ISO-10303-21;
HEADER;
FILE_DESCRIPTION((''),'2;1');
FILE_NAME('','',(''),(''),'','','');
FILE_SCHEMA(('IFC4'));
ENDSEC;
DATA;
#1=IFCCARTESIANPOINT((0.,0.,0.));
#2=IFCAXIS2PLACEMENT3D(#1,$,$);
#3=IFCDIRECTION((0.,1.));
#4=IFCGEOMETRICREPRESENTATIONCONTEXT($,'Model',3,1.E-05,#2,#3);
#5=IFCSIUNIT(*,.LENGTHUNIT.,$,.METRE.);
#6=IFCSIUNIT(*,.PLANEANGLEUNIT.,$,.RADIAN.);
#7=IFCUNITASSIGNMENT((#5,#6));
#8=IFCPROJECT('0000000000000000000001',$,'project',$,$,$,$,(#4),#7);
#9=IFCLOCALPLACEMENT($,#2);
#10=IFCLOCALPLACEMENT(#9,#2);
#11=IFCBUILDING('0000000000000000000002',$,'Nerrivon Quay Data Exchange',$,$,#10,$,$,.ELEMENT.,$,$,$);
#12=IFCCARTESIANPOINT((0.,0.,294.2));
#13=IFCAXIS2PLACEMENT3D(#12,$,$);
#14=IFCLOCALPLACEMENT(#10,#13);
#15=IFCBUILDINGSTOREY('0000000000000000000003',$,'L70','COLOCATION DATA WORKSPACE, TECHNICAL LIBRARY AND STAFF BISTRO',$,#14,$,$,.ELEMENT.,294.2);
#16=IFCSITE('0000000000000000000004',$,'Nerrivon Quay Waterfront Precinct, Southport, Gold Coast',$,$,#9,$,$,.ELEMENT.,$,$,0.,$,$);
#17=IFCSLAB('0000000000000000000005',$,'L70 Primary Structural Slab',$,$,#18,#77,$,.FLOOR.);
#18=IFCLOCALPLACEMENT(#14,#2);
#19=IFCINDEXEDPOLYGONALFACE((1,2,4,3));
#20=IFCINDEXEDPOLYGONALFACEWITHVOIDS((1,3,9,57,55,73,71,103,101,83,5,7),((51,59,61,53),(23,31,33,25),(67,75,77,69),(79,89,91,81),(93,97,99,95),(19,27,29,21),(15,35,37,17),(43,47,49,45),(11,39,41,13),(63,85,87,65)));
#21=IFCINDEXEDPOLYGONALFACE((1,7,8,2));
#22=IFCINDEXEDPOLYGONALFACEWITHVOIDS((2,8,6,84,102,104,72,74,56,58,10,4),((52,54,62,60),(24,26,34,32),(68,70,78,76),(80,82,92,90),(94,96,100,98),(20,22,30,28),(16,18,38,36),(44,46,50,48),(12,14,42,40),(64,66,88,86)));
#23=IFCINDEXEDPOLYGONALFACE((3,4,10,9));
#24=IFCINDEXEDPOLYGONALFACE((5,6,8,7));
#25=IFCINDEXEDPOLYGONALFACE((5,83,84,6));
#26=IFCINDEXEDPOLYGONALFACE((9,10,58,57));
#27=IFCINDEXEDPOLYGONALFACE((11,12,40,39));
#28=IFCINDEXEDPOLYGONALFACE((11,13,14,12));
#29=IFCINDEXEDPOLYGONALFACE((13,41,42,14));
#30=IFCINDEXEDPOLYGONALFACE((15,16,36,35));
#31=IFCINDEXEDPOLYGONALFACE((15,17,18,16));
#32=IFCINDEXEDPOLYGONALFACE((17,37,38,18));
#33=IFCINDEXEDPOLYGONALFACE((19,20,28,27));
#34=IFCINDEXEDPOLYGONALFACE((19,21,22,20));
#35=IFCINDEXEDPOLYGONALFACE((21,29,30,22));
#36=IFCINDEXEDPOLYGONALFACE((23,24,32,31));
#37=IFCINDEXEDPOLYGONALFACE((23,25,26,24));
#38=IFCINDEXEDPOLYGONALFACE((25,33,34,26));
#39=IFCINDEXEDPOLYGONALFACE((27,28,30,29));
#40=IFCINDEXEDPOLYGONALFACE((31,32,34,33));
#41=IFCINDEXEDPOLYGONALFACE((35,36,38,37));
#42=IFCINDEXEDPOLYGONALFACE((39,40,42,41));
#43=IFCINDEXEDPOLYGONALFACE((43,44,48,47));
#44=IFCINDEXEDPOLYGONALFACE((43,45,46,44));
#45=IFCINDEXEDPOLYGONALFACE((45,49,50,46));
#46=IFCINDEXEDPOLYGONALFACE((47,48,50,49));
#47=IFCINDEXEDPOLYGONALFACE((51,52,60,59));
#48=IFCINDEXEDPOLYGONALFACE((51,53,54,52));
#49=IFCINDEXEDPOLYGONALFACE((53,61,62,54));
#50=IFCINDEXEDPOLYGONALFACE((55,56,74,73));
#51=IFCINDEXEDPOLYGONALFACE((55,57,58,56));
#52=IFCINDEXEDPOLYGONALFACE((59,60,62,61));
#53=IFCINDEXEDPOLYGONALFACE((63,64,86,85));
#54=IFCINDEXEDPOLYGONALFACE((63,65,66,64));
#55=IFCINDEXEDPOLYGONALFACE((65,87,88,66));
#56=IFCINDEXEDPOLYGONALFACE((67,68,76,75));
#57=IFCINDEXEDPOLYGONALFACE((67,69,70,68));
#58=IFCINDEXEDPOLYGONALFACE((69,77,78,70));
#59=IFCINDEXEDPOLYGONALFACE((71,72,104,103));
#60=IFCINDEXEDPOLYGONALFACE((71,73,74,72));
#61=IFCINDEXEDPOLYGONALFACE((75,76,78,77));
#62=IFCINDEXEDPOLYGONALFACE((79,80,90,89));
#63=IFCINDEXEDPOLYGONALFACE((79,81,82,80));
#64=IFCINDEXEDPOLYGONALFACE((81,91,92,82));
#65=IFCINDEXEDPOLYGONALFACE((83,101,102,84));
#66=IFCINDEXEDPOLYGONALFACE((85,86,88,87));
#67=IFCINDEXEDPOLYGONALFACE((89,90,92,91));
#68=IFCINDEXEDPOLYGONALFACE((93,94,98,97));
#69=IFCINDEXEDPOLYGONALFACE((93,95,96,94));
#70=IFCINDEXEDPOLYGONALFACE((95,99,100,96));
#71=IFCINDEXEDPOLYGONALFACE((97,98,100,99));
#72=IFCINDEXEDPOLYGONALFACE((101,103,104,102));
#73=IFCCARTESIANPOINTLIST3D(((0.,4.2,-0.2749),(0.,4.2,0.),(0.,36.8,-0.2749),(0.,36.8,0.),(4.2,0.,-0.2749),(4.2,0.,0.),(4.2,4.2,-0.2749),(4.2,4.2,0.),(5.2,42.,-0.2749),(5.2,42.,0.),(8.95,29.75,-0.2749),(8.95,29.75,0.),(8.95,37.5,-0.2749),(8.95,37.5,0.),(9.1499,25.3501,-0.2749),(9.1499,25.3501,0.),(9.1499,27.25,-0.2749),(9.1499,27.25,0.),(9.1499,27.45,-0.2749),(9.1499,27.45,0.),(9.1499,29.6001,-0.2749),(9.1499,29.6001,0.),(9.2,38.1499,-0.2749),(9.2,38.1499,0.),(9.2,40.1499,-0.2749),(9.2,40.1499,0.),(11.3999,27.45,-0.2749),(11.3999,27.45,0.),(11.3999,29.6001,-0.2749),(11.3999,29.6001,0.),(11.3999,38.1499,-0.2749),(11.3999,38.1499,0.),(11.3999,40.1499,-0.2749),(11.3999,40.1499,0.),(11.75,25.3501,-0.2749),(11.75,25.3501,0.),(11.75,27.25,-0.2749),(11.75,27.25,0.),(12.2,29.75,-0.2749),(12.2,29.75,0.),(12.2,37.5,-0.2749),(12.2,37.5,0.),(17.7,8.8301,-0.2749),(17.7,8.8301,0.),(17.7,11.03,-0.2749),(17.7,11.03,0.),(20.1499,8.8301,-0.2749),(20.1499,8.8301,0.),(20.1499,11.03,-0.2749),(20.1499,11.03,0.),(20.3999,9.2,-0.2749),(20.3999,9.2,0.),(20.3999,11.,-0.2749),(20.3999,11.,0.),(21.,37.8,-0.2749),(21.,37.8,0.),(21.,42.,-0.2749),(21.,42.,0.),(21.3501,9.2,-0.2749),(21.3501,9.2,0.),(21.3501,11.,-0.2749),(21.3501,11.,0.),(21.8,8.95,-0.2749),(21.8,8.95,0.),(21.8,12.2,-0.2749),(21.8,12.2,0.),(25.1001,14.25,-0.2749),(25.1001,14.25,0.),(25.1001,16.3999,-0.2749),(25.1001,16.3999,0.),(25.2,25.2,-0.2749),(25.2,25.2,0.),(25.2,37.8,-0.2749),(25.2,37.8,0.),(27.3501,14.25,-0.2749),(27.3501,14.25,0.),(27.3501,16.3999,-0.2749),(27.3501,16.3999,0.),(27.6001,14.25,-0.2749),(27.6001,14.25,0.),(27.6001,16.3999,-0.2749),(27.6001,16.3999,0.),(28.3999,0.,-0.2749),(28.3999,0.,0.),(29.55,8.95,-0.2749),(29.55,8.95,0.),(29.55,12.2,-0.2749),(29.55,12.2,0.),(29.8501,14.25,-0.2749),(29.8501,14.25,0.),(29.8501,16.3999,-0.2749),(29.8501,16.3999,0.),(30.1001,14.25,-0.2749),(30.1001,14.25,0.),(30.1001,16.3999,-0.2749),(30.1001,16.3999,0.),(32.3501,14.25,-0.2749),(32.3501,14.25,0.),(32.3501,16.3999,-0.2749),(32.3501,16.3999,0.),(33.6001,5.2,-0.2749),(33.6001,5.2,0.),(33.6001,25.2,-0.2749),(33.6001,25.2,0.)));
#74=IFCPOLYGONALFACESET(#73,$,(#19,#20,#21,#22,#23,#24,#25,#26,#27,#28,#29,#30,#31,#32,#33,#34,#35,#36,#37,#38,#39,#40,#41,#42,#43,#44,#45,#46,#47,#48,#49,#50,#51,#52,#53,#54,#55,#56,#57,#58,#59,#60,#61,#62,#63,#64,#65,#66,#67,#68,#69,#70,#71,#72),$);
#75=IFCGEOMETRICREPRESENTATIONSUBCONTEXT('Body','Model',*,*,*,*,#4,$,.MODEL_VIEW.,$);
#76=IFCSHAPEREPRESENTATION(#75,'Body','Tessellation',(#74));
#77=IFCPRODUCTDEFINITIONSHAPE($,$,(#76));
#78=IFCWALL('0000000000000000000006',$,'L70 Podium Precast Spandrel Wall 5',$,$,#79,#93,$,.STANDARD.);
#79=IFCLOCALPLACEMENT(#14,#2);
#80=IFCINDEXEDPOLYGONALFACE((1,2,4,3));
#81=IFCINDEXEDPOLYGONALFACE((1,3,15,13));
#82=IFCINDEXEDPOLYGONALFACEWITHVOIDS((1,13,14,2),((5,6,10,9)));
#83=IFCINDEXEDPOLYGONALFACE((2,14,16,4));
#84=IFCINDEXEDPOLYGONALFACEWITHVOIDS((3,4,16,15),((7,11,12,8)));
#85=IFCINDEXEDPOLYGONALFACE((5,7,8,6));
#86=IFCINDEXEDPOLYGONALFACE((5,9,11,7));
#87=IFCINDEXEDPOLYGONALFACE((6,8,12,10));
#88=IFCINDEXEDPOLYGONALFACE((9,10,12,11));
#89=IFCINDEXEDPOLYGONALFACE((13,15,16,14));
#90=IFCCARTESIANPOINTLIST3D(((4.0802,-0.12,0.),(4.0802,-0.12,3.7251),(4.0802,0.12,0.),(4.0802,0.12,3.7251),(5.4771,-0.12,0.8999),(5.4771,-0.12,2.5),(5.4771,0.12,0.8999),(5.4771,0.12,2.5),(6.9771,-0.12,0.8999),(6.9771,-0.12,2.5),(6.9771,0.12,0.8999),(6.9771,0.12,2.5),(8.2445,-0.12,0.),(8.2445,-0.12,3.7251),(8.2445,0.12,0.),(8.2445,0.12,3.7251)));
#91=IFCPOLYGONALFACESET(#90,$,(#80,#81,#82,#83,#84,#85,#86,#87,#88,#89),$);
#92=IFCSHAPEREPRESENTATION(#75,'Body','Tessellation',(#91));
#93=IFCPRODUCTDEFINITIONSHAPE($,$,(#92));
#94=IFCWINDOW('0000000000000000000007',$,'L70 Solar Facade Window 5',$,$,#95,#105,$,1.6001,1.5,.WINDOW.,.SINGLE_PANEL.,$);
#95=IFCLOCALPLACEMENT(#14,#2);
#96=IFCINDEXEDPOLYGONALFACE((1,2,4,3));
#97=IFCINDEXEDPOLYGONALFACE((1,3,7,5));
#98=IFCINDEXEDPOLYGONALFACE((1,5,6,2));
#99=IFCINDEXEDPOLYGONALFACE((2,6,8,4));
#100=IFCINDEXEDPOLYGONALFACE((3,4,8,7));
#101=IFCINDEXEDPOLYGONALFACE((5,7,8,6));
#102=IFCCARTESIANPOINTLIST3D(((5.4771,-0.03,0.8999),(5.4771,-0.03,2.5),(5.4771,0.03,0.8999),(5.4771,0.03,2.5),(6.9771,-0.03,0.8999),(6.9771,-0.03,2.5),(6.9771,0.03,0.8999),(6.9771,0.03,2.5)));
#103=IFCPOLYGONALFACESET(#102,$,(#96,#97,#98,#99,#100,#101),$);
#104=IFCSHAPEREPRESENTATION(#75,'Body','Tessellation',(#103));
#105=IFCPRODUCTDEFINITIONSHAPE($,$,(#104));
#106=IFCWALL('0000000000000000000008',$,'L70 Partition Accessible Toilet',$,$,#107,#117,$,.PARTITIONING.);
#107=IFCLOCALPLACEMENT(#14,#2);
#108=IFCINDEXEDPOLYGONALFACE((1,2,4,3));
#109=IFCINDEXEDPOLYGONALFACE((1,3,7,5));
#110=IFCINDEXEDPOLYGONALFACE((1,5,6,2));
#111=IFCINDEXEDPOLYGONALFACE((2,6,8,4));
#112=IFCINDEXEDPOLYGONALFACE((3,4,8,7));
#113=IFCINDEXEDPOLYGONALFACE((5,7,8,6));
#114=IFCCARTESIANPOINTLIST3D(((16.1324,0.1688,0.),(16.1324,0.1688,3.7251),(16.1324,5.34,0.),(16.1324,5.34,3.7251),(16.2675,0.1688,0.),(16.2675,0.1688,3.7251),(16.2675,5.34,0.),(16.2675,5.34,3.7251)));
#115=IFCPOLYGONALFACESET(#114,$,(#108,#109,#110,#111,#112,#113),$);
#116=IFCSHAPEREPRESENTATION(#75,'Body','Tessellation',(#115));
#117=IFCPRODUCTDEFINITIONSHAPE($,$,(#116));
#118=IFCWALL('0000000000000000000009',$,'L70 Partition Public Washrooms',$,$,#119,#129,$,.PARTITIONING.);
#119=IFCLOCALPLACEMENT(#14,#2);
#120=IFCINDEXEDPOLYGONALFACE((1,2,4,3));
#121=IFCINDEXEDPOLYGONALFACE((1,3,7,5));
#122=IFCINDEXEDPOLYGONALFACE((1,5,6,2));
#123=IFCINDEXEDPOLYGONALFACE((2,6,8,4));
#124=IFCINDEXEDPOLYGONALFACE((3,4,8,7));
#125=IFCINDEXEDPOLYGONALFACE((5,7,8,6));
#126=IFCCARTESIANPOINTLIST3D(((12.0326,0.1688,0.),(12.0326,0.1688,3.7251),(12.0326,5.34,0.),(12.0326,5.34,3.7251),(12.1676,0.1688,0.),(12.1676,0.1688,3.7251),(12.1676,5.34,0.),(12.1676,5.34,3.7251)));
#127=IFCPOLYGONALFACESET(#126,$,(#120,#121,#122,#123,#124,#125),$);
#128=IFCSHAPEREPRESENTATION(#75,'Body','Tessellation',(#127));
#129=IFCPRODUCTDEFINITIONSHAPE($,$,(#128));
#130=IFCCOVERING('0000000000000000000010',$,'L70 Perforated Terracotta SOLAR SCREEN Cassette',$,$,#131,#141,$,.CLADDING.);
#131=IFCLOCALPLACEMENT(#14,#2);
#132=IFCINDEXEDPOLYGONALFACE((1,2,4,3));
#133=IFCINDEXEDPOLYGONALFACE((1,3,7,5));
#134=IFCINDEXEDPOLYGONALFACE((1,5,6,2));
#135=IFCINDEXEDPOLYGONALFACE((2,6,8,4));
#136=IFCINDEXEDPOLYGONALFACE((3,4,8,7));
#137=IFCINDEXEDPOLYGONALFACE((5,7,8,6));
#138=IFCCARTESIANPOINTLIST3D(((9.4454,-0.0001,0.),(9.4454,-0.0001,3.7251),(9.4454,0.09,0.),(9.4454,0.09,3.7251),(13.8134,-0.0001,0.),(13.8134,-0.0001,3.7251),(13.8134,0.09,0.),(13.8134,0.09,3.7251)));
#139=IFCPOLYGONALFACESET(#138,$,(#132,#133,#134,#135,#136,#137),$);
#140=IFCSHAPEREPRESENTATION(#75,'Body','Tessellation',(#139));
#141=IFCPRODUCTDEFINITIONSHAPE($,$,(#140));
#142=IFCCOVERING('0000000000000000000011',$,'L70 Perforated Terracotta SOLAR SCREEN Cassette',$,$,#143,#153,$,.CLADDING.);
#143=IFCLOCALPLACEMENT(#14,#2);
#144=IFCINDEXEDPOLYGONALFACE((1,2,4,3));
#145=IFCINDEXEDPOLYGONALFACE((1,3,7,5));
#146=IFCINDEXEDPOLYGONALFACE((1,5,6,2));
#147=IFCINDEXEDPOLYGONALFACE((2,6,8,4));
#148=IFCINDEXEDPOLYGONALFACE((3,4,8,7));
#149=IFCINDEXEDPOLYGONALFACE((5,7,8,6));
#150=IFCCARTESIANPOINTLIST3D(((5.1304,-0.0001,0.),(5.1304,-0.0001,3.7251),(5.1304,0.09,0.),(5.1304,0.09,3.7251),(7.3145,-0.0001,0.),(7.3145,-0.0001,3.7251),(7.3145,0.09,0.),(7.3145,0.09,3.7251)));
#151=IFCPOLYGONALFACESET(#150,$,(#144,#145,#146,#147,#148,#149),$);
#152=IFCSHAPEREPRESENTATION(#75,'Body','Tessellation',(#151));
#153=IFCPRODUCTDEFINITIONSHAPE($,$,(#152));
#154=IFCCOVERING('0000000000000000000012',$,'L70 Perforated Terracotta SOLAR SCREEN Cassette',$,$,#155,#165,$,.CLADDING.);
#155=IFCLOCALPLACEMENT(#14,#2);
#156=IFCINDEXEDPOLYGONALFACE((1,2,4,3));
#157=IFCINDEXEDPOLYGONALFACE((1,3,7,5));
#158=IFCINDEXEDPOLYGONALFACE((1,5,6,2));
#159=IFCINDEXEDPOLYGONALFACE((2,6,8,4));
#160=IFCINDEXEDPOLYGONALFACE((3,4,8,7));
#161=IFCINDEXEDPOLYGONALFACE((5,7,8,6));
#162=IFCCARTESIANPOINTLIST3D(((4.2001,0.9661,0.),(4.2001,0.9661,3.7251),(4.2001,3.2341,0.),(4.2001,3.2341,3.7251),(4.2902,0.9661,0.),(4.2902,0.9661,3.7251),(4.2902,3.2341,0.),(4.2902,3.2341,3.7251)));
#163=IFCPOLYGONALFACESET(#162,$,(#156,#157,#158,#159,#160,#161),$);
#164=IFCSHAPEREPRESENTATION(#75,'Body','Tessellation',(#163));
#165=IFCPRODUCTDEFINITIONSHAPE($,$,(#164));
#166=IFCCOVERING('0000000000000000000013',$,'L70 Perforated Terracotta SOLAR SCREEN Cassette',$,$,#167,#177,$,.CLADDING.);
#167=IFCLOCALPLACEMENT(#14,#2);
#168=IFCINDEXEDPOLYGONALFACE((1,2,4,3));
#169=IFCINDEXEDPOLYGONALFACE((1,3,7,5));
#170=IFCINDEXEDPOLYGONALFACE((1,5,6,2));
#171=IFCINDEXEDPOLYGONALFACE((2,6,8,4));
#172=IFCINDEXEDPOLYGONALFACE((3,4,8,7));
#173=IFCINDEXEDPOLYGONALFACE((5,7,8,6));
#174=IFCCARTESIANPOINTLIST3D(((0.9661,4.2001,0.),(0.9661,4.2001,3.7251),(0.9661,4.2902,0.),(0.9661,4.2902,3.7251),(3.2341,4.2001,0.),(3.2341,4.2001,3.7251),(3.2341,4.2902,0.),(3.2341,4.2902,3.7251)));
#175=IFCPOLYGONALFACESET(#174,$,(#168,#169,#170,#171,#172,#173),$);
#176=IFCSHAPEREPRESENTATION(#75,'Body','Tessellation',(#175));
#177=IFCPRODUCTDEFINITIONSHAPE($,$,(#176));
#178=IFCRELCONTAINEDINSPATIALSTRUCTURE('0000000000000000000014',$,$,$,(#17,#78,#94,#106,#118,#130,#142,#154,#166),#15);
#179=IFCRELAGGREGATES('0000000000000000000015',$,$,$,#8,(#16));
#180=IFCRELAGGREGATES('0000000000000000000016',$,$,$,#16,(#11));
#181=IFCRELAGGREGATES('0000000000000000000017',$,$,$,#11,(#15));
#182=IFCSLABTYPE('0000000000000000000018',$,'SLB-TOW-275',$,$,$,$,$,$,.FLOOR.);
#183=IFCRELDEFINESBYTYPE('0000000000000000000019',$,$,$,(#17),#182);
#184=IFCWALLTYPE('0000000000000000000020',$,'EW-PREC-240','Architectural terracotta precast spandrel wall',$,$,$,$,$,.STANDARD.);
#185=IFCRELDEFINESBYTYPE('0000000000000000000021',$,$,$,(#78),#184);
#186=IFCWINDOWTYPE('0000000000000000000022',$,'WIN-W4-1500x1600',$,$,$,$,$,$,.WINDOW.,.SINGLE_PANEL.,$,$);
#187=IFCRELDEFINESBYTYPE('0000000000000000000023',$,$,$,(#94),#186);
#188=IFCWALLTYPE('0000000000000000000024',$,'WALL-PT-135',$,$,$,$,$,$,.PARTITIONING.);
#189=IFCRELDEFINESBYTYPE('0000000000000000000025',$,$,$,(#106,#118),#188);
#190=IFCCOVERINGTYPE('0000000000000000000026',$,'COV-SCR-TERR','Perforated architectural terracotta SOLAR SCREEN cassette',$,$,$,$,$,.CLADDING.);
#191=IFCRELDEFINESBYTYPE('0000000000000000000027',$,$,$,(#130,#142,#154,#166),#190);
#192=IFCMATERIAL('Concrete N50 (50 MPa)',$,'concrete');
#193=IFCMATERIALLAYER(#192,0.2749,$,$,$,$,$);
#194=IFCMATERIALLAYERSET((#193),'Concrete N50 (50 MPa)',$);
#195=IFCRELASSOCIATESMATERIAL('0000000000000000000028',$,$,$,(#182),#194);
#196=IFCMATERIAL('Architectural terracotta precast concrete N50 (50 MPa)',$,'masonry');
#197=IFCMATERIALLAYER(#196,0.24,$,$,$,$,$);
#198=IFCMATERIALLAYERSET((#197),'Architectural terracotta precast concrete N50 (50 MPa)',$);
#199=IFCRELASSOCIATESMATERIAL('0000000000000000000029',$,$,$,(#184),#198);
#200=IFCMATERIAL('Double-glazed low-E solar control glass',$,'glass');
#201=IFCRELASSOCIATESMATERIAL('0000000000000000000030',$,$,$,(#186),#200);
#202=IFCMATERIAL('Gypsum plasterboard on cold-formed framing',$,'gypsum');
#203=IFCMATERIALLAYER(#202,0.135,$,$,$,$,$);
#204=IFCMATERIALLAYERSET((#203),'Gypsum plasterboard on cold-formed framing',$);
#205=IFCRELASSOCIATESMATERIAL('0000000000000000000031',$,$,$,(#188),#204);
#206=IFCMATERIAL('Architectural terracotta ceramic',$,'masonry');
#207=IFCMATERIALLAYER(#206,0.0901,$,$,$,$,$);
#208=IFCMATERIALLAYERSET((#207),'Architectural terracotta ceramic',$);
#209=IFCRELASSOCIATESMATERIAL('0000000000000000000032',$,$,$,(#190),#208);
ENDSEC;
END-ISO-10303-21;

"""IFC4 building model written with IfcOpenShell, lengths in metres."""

from ifc_helpers import new_model, si_unit, direction, frame, frame_2d, origin, origin_2d, place, context, subcontext, project, spatial, polyline, rectangle, outline, extrude, material, layer, layer_set, type_object, element, fill, save


model = new_model("IFC4")

# Units and contexts
model_context = context("Model", 3, precision=1e-05, world=origin(), true_north=direction((0.0, 1.0)))
body_context = subcontext(model_context, "Body", "Model", "MODEL_VIEW")
ifc_project = project(units=[si_unit("LENGTHUNIT", "METRE"), si_unit("PLANEANGLEUNIT", "RADIAN")], contexts=[model_context])

# Site, building, storey
site_placement = place(None, origin())
site = spatial("IfcSite", under=ifc_project, at=site_placement, Name="Nerrivon Quay Waterfront Precinct, Southport, Gold Coast", CompositionType="ELEMENT", RefElevation=0.0)
building_placement = place(site_placement, origin())
building = spatial("IfcBuilding", under=site, at=building_placement, Name="Nerrivon Quay Data Exchange", CompositionType="ELEMENT")
storey_placement = place(building_placement, frame((0.0, 0.0, 294.2)))
storey = spatial("IfcBuildingStorey", under=building, at=storey_placement, Name="L70", Description="COLOCATION DATA WORKSPACE, TECHNICAL LIBRARY AND STAFF BISTRO", CompositionType="ELEMENT", Elevation=294.2)

# Shared definitions
ifc_material_1 = material(Name="Double-glazed low-E solar control glass", Category="glass")

# Shared definitions
ifc_material_2 = material(Name="Concrete N50 (50 MPa)", Category="concrete")

# Slab
ifc_layer_1 = layer(ifc_material_2, 0.2749)
ifc_layer_set_1 = layer_set([ifc_layer_1], Name="Concrete N50 (50 MPa)")
slab_type_1 = type_object("IfcSlabType", Name="SLB-TOW-275", PredefinedType="FLOOR", material=ifc_layer_set_1)
slab_1_placement = place(storey_placement, frame((0.0, 0.0, -0.2749)))
element("IfcSlab", 1, at=slab_1_placement, inside=storey, type_object=slab_type_1, Name="L70 Primary Structural Slab", PredefinedType="FLOOR", context=body_context, shape_type="SweptSolid", body=[
    extrude(outline(polyline([(33.6001, 25.2), (25.2, 25.2), (25.2, 37.8), (21.0, 37.8), (21.0, 42.0), (5.2, 42.0), (0.0, 36.8), (0.0, 4.2), (4.2, 4.2), (4.2, 0.0), (28.3999, 0.0), (33.6001, 5.2), (33.6001, 25.2)]), holes=[polyline([(8.95, 29.75), (8.95, 37.5), (12.2, 37.5), (12.2, 29.75), (8.95, 29.75)]), polyline([(21.8, 12.2), (29.55, 12.2), (29.55, 8.95), (21.8, 8.95), (21.8, 12.2)]), polyline([(30.1001, 14.25), (30.1001, 16.3999), (32.3501, 16.3999), (32.3501, 14.25), (30.1001, 14.25)]), polyline([(27.6001, 14.25), (27.6001, 16.3999), (29.8501, 16.3999), (29.8501, 14.25), (27.6001, 14.25)]), polyline([(25.1001, 14.25), (25.1001, 16.3999), (27.3501, 16.3999), (27.3501, 14.25), (25.1001, 14.25)]), polyline([(20.3999, 9.2), (20.3999, 11.0), (21.3501, 11.0), (21.3501, 9.2), (20.3999, 9.2)]), polyline([(17.7, 8.8301), (17.7, 11.03), (20.1499, 11.03), (20.1499, 8.8301), (17.7, 8.8301)]), polyline([(9.1499, 25.3501), (9.1499, 27.25), (11.75, 27.25), (11.75, 25.3501), (9.1499, 25.3501)]), polyline([(9.1499, 27.45), (9.1499, 29.6001), (11.3999, 29.6001), (11.3999, 27.45), (9.1499, 27.45)]), polyline([(9.2, 38.1499), (9.2, 40.1499), (11.3999, 40.1499), (11.3999, 38.1499), (9.2, 38.1499)])]), origin(), (0.0, 0.0, 1.0), 0.2749),
])

# Wall, opening, window
ifc_material_3 = material(Name="Architectural terracotta precast concrete N50 (50 MPa)", Category="masonry")
ifc_layer_2 = layer(ifc_material_3, 0.24)
ifc_layer_set_2 = layer_set([ifc_layer_2], Name="Architectural terracotta precast concrete N50 (50 MPa)")
wall_type_1 = type_object("IfcWallType", Name="EW-PREC-240", Description="Architectural terracotta precast spandrel wall", PredefinedType="STANDARD", material=ifc_layer_set_2)
wall_placement = place(storey_placement, frame((8.2444, 0.0, 0.0), z_axis=(0.0, 0.0, 1.0), x_axis=(-1.0, 0.0, 0.0)))
wall = element("IfcWall", 2, at=wall_placement, inside=storey, type_object=wall_type_1, Name="L70 Podium Precast Spandrel Wall 5", PredefinedType="STANDARD", context=body_context, shape_type="SweptSolid", body=[
    extrude(rectangle(XDim=4.1643, YDim=0.24, at=frame_2d((2.082, 0.0))), origin(), (0.0, 0.0, 1.0), 3.7251),
])
opening_placement = place(wall_placement, frame((1.2673, 0.0, 0.8999)))
opening = element("IfcOpeningElement", 3, at=opening_placement, cuts=wall, PredefinedType="OPENING", context=body_context, shape_type="SweptSolid", body=[
    extrude(rectangle(XDim=1.5, YDim=1.6001, at=frame_2d((0.75, 0.8))), frame((0.0, 0.1299, 0.0), z_axis=(0.0, -1.0, 0.0), x_axis=(1.0, 0.0, 0.0)), (0.0, 0.0, 1.0), 0.26),
])
window_type = type_object("IfcWindowType", Name="WIN-W4-1500x1600", PartitioningType="SINGLE_PANEL", PredefinedType="WINDOW", material=ifc_material_1)
window_placement = place(opening_placement, origin())
window = element("IfcWindow", 4, at=window_placement, inside=storey, type_object=window_type, Name="L70 Solar Facade Window 5", OverallHeight=1.6001, OverallWidth=1.5, PartitioningType="SINGLE_PANEL", PredefinedType="WINDOW", context=body_context, shape_type="SweptSolid", body=[
    extrude(rectangle(XDim=1.5, YDim=1.6001, at=frame_2d((0.75, 0.8))), frame((0.0, 0.03, 0.0), z_axis=(0.0, -1.0, 0.0), x_axis=(1.0, 0.0, 0.0)), (0.0, 0.0, 1.0), 0.0601),
])
fill(opening, window)

# Walls
ifc_material_4 = material(Name="Gypsum plasterboard on cold-formed framing", Category="gypsum")
ifc_layer_3 = layer(ifc_material_4, 0.135)
ifc_layer_set_3 = layer_set([ifc_layer_3], Name="Gypsum plasterboard on cold-formed framing")
wall_type_2 = type_object("IfcWallType", Name="WALL-PT-135", PredefinedType="PARTITIONING", material=ifc_layer_set_3)
for number, where, z_axis, x_axis, name in (
    (5, (16.2, 0.1689, 0.0), (0.0, 0.0, 1.0), (0.0, 1.0, 0.0), "L70 Partition Accessible Toilet"),
    (6, (12.1001, 0.1689, 0.0), (0.0, 0.0, 1.0), (0.0, 1.0, 0.0), "L70 Partition Public Washrooms"),
):
    element("IfcWall", number, at=place(storey_placement, frame(where, z_axis=z_axis, x_axis=x_axis)), inside=storey, type_object=wall_type_2, Name=name, PredefinedType="PARTITIONING", context=body_context, shape_type="SweptSolid", body=[
        extrude(rectangle(XDim=5.1711, YDim=0.135, at=frame_2d((2.5854, 0.0))), origin(), (0.0, 0.0, 1.0), 3.7251),
    ])

# Coverings
ifc_material_5 = material(Name="Architectural terracotta ceramic", Category="masonry")
ifc_layer_4 = layer(ifc_material_5, 0.0901)
ifc_layer_set_4 = layer_set([ifc_layer_4], Name="Architectural terracotta ceramic")
covering_type = type_object("IfcCoveringType", Name="COV-SCR-TERR", Description="Perforated architectural terracotta SOLAR SCREEN cassette", PredefinedType="CLADDING", material=ifc_layer_set_4)
covering_1_placement = place(storey_placement, frame((11.6294, 0.0449, 0.0), z_axis=(0.0, 0.0, 1.0), x_axis=(-1.0, 0.0, 0.0)))
element("IfcCovering", 7, at=covering_1_placement, inside=storey, type_object=covering_type, Name="L70 Perforated Terracotta SOLAR SCREEN Cassette", PredefinedType="CLADDING", context=body_context, shape_type="SweptSolid", body=[
    extrude(rectangle(XDim=4.3679, YDim=0.0901, at=origin_2d()), origin(), (0.0, 0.0, 1.0), 3.7251),
])
covering_2_placement = place(storey_placement, frame((6.2224, 0.0449, 0.0), z_axis=(0.0, 0.0, 1.0), x_axis=(-1.0, 0.0, 0.0)))
element("IfcCovering", 8, at=covering_2_placement, inside=storey, type_object=covering_type, Name="L70 Perforated Terracotta SOLAR SCREEN Cassette", PredefinedType="CLADDING", context=body_context, shape_type="SweptSolid", body=[
    extrude(rectangle(XDim=2.1841, YDim=0.0901, at=origin_2d()), origin(), (0.0, 0.0, 1.0), 3.7251),
])
for number, where, z_axis, x_axis, name in (
    (9, (4.2451, 2.1001, 0.0), (0.0, 0.0, 1.0), (0.0, 1.0, 0.0), "L70 Perforated Terracotta SOLAR SCREEN Cassette"),
    (10, (2.1001, 4.2451, 0.0), (0.0, 0.0, 1.0), (-1.0, 0.0, 0.0), "L70 Perforated Terracotta SOLAR SCREEN Cassette"),
):
    element("IfcCovering", number, at=place(storey_placement, frame(where, z_axis=z_axis, x_axis=x_axis)), inside=storey, type_object=covering_type, Name=name, PredefinedType="CLADDING", context=body_context, shape_type="SweptSolid", body=[
        extrude(rectangle(XDim=2.2681, YDim=0.0901, at=origin_2d()), origin(), (0.0, 0.0, 1.0), 3.7251),
    ])

save(model, "model.ifc")
